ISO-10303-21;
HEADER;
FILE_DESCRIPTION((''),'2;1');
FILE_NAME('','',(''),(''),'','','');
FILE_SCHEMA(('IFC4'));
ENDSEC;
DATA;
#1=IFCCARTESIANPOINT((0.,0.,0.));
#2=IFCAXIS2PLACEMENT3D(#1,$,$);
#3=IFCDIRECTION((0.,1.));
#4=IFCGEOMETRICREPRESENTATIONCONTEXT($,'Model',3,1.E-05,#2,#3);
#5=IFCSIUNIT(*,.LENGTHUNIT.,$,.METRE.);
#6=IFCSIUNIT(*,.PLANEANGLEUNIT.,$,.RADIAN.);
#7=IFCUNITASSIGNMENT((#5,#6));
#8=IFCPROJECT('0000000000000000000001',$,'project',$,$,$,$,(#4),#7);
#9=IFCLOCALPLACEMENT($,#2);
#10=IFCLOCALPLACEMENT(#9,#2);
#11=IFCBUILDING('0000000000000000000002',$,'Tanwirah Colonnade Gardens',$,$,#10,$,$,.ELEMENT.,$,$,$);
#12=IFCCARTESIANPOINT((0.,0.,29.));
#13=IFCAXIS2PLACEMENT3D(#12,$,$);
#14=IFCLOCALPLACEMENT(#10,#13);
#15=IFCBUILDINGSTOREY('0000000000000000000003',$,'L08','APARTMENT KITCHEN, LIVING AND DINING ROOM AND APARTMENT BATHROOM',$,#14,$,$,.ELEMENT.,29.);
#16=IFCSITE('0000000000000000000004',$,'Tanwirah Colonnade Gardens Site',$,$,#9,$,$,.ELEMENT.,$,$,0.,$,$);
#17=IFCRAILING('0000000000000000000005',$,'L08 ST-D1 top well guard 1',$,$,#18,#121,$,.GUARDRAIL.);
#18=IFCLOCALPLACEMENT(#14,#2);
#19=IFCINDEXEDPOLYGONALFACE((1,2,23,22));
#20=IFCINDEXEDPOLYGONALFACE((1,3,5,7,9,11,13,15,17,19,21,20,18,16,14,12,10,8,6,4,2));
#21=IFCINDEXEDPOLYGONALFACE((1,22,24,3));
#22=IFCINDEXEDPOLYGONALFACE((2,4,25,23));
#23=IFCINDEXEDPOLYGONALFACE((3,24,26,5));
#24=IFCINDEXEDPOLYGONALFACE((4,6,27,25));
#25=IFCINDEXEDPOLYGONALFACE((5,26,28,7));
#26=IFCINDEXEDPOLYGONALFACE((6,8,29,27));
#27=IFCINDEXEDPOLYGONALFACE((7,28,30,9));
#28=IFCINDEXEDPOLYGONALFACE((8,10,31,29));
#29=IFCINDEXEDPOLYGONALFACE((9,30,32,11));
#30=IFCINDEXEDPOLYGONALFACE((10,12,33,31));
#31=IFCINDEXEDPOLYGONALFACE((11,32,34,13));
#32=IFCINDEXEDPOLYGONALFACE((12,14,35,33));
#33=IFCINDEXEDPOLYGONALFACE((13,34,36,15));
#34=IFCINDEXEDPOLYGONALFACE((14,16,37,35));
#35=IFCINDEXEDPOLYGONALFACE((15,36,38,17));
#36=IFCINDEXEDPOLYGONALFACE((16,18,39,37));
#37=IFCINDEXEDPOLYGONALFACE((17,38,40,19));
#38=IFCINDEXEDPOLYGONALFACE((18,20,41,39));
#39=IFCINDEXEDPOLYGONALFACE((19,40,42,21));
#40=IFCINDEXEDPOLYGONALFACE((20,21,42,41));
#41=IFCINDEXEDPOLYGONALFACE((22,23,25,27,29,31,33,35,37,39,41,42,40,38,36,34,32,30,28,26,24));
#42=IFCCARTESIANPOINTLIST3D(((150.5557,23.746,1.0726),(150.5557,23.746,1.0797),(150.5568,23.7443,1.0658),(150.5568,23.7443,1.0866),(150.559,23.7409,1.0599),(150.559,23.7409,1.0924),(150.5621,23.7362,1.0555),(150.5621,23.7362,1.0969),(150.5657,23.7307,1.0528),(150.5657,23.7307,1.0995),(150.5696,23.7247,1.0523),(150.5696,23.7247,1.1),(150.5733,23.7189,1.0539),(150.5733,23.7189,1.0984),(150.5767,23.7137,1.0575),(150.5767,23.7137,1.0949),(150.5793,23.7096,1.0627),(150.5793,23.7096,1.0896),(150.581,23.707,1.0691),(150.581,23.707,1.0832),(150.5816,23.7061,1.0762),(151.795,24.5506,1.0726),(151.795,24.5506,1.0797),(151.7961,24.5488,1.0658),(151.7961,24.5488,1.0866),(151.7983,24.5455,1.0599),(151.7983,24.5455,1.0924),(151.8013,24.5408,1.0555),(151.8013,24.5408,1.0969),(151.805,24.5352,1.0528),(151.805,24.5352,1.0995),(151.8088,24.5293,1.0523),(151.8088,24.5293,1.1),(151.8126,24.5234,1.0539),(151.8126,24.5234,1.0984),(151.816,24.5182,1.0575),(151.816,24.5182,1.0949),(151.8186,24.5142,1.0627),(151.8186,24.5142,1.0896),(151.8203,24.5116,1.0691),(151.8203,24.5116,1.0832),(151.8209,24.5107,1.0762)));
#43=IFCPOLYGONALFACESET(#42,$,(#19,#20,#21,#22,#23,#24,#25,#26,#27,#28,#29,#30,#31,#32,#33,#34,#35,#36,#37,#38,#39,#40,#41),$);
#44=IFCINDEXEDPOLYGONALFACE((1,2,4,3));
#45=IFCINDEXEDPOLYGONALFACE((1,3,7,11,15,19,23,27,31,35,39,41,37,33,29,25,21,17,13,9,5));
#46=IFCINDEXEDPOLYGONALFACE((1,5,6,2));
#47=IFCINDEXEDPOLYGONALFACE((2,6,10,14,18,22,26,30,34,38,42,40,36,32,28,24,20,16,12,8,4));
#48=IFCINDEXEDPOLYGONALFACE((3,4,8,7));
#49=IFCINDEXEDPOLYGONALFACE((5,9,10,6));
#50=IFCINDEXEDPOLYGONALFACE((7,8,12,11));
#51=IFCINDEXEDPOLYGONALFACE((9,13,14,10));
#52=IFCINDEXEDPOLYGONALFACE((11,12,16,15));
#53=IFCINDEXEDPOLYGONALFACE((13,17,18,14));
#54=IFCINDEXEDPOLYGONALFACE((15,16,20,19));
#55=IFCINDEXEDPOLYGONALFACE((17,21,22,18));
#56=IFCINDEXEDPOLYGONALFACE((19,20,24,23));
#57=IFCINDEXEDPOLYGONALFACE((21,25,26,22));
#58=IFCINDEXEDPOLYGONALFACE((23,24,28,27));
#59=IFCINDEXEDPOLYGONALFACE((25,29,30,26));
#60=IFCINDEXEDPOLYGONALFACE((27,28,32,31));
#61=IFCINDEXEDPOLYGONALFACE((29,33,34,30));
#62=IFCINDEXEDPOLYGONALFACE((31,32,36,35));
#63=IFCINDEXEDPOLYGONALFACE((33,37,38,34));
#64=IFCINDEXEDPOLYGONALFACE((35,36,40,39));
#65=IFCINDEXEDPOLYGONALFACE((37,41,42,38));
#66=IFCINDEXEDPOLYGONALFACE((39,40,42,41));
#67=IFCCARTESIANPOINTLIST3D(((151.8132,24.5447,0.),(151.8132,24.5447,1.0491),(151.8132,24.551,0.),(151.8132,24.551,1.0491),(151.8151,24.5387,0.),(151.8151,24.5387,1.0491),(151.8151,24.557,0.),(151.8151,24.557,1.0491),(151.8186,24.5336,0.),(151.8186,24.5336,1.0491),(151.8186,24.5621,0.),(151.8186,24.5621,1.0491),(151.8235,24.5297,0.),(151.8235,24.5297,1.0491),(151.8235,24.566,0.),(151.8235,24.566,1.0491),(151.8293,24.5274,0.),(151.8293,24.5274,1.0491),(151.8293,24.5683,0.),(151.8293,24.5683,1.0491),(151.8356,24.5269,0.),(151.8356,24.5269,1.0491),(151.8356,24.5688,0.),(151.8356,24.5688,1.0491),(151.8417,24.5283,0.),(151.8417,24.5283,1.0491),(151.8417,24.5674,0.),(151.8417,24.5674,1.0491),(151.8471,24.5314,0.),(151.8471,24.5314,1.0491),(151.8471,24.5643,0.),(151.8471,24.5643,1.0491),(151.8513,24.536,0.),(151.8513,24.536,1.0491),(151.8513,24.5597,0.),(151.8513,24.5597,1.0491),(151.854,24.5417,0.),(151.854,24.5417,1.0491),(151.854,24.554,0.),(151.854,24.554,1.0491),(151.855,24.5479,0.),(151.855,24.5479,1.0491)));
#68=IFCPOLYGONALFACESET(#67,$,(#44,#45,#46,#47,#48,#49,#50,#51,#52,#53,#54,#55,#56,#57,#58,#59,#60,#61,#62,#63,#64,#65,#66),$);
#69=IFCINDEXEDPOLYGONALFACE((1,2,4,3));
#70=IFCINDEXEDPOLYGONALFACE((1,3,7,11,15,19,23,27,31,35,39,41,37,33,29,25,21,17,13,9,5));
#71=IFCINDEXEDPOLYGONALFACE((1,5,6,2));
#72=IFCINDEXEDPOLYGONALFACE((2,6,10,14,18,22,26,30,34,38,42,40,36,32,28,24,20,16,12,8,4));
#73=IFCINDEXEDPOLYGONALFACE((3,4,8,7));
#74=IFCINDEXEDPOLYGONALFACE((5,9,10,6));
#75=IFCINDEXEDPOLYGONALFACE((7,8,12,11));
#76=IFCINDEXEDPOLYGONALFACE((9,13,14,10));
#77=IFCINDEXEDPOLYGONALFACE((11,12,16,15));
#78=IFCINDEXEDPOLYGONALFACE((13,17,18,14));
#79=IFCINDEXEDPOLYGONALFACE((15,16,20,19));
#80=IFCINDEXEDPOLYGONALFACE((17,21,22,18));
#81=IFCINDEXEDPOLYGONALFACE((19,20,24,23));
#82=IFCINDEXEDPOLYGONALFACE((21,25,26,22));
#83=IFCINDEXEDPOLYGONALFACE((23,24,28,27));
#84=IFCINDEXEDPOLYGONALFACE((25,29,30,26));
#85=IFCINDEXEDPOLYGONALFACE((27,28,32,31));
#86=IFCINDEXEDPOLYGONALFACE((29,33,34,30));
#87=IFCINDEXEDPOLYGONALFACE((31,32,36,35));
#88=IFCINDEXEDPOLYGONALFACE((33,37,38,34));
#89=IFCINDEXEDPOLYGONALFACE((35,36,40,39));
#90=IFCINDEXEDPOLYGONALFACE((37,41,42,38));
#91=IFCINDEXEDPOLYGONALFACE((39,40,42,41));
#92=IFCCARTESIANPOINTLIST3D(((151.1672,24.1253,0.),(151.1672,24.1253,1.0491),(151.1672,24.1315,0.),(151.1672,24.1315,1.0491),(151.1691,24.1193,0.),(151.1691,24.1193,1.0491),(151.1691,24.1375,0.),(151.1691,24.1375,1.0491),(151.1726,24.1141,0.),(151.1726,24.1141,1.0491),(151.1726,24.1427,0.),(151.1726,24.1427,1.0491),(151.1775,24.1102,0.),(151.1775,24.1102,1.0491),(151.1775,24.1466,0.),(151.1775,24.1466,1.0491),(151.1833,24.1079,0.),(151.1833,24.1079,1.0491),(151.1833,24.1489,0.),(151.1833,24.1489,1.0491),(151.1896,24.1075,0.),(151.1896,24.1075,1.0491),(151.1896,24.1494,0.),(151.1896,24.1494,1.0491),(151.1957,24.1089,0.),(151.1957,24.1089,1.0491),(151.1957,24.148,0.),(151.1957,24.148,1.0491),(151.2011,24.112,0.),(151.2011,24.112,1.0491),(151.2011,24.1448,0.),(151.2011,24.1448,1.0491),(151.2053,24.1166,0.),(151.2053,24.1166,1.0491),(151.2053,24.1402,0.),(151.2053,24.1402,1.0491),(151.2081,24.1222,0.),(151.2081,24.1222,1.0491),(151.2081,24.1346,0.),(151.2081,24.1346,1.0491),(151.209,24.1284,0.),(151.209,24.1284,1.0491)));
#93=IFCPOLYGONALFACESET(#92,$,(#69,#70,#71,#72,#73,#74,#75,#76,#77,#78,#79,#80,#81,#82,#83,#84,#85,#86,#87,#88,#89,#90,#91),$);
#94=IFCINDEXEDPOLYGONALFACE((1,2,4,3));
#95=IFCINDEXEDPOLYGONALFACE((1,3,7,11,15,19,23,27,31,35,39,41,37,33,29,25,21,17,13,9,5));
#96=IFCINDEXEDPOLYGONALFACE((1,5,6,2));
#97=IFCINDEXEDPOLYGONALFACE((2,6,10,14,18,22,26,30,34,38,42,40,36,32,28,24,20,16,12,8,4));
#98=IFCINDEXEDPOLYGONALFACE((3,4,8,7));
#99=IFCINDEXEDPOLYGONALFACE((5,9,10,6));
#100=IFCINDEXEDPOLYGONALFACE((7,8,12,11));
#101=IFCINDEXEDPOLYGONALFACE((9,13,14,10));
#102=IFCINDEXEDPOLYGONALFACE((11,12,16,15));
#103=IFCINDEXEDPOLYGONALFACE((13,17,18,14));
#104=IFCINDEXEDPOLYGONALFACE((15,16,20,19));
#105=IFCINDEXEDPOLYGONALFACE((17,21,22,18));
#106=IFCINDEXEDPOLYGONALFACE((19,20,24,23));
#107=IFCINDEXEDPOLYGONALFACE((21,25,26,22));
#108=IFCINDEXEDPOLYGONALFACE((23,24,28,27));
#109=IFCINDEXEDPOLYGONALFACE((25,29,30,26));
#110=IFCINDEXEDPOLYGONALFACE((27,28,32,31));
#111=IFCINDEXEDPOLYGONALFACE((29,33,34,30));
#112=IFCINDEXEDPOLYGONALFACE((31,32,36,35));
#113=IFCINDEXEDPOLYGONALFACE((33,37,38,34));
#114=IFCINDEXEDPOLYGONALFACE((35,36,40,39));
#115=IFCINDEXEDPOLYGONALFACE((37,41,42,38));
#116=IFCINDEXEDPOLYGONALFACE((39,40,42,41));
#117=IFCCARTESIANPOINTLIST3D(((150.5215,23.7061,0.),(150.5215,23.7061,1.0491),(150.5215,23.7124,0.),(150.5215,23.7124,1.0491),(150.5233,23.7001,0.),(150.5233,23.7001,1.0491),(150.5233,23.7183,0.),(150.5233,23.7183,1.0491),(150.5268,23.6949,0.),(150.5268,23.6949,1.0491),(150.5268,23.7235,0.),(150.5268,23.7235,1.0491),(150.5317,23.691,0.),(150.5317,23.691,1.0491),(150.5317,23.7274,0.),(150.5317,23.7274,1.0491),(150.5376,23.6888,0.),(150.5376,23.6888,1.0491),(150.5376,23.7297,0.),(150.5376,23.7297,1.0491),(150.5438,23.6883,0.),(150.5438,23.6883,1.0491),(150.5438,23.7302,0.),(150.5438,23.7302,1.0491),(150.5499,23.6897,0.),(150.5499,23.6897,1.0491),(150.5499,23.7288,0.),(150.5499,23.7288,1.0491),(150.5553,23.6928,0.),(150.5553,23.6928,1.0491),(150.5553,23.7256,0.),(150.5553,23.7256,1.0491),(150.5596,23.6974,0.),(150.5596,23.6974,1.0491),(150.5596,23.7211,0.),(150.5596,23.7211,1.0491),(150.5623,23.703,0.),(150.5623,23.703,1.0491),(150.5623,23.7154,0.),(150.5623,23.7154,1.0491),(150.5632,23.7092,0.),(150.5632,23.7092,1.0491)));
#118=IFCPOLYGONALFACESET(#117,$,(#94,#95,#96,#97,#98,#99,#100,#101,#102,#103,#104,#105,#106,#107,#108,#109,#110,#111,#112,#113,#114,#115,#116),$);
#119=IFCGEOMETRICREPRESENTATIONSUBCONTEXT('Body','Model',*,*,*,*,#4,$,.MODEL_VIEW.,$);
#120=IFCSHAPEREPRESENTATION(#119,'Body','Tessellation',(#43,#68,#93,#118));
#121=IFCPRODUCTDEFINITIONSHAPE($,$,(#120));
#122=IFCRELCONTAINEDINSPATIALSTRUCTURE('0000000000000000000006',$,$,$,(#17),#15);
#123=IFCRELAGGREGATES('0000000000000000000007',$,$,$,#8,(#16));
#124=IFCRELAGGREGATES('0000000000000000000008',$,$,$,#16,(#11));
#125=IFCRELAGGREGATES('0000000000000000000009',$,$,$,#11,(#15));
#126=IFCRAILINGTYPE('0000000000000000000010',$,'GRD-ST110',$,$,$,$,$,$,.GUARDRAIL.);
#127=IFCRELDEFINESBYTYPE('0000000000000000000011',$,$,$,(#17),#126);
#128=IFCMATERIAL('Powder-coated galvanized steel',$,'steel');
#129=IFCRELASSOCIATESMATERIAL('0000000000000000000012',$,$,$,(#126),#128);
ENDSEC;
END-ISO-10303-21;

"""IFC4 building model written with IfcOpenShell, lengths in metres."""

from ifc_helpers import new_model, si_unit, direction, frame, origin, origin_2d, place, context, subcontext, project, spatial, circle, extrude, material, type_object, element, save


model = new_model("IFC4")

# Units and contexts
model_context = context("Model", 3, precision=1e-05, world=origin(), true_north=direction((0.0, 1.0)))
body_context = subcontext(model_context, "Body", "Model", "MODEL_VIEW")
ifc_project = project(units=[si_unit("LENGTHUNIT", "METRE"), si_unit("PLANEANGLEUNIT", "RADIAN")], contexts=[model_context])

# Site, building, storey
site_placement = place(None, origin())
site = spatial("IfcSite", under=ifc_project, at=site_placement, Name="Tanwirah Colonnade Gardens Site", CompositionType="ELEMENT", RefElevation=0.0)
building_placement = place(site_placement, origin())
building = spatial("IfcBuilding", under=site, at=building_placement, Name="Tanwirah Colonnade Gardens", CompositionType="ELEMENT")
storey_placement = place(building_placement, frame((0.0, 0.0, 29.0)))
storey = spatial("IfcBuildingStorey", under=building, at=storey_placement, Name="L08", Description="APARTMENT KITCHEN, LIVING AND DINING ROOM AND APARTMENT BATHROOM", CompositionType="ELEMENT", Elevation=29.0)

# Railing
ifc_material_1 = material(Name="Powder-coated galvanized steel", Category="steel")
railing_type_1 = type_object("IfcRailingType", Name="GRD-ST110", PredefinedType="GUARDRAIL", material=ifc_material_1)
railing_1_placement = place(storey_placement, frame((151.834, 24.5479, 0.0)))
element("IfcRailing", 1, at=railing_1_placement, inside=storey, type_object=railing_type_1, Name="L08 ST-D1 top well guard 1", PredefinedType="GUARDRAIL", context=body_context, shape_type="SweptSolid", body=[
    extrude(circle(Radius=0.0239, at=origin_2d()), frame((-0.0261, -0.0171, 1.0762), z_axis=(-0.838744, -0.544526, 0.0), x_axis=(0.544526, -0.838744, 0.0)), (0.0, 0.0, 1.0), 1.4775),
    extrude(circle(Radius=0.021, at=origin_2d()), origin(), (0.0, 0.0, 1.0), 1.0491),
    extrude(circle(Radius=0.021, at=origin_2d()), frame((-0.646, -0.4194, 0.0)), (0.0, 0.0, 1.0), 1.0491),
    extrude(circle(Radius=0.021, at=origin_2d()), frame((-1.2917, -0.8386, 0.0)), (0.0, 0.0, 1.0), 1.0491),
])

save(model, "model.ifc")
